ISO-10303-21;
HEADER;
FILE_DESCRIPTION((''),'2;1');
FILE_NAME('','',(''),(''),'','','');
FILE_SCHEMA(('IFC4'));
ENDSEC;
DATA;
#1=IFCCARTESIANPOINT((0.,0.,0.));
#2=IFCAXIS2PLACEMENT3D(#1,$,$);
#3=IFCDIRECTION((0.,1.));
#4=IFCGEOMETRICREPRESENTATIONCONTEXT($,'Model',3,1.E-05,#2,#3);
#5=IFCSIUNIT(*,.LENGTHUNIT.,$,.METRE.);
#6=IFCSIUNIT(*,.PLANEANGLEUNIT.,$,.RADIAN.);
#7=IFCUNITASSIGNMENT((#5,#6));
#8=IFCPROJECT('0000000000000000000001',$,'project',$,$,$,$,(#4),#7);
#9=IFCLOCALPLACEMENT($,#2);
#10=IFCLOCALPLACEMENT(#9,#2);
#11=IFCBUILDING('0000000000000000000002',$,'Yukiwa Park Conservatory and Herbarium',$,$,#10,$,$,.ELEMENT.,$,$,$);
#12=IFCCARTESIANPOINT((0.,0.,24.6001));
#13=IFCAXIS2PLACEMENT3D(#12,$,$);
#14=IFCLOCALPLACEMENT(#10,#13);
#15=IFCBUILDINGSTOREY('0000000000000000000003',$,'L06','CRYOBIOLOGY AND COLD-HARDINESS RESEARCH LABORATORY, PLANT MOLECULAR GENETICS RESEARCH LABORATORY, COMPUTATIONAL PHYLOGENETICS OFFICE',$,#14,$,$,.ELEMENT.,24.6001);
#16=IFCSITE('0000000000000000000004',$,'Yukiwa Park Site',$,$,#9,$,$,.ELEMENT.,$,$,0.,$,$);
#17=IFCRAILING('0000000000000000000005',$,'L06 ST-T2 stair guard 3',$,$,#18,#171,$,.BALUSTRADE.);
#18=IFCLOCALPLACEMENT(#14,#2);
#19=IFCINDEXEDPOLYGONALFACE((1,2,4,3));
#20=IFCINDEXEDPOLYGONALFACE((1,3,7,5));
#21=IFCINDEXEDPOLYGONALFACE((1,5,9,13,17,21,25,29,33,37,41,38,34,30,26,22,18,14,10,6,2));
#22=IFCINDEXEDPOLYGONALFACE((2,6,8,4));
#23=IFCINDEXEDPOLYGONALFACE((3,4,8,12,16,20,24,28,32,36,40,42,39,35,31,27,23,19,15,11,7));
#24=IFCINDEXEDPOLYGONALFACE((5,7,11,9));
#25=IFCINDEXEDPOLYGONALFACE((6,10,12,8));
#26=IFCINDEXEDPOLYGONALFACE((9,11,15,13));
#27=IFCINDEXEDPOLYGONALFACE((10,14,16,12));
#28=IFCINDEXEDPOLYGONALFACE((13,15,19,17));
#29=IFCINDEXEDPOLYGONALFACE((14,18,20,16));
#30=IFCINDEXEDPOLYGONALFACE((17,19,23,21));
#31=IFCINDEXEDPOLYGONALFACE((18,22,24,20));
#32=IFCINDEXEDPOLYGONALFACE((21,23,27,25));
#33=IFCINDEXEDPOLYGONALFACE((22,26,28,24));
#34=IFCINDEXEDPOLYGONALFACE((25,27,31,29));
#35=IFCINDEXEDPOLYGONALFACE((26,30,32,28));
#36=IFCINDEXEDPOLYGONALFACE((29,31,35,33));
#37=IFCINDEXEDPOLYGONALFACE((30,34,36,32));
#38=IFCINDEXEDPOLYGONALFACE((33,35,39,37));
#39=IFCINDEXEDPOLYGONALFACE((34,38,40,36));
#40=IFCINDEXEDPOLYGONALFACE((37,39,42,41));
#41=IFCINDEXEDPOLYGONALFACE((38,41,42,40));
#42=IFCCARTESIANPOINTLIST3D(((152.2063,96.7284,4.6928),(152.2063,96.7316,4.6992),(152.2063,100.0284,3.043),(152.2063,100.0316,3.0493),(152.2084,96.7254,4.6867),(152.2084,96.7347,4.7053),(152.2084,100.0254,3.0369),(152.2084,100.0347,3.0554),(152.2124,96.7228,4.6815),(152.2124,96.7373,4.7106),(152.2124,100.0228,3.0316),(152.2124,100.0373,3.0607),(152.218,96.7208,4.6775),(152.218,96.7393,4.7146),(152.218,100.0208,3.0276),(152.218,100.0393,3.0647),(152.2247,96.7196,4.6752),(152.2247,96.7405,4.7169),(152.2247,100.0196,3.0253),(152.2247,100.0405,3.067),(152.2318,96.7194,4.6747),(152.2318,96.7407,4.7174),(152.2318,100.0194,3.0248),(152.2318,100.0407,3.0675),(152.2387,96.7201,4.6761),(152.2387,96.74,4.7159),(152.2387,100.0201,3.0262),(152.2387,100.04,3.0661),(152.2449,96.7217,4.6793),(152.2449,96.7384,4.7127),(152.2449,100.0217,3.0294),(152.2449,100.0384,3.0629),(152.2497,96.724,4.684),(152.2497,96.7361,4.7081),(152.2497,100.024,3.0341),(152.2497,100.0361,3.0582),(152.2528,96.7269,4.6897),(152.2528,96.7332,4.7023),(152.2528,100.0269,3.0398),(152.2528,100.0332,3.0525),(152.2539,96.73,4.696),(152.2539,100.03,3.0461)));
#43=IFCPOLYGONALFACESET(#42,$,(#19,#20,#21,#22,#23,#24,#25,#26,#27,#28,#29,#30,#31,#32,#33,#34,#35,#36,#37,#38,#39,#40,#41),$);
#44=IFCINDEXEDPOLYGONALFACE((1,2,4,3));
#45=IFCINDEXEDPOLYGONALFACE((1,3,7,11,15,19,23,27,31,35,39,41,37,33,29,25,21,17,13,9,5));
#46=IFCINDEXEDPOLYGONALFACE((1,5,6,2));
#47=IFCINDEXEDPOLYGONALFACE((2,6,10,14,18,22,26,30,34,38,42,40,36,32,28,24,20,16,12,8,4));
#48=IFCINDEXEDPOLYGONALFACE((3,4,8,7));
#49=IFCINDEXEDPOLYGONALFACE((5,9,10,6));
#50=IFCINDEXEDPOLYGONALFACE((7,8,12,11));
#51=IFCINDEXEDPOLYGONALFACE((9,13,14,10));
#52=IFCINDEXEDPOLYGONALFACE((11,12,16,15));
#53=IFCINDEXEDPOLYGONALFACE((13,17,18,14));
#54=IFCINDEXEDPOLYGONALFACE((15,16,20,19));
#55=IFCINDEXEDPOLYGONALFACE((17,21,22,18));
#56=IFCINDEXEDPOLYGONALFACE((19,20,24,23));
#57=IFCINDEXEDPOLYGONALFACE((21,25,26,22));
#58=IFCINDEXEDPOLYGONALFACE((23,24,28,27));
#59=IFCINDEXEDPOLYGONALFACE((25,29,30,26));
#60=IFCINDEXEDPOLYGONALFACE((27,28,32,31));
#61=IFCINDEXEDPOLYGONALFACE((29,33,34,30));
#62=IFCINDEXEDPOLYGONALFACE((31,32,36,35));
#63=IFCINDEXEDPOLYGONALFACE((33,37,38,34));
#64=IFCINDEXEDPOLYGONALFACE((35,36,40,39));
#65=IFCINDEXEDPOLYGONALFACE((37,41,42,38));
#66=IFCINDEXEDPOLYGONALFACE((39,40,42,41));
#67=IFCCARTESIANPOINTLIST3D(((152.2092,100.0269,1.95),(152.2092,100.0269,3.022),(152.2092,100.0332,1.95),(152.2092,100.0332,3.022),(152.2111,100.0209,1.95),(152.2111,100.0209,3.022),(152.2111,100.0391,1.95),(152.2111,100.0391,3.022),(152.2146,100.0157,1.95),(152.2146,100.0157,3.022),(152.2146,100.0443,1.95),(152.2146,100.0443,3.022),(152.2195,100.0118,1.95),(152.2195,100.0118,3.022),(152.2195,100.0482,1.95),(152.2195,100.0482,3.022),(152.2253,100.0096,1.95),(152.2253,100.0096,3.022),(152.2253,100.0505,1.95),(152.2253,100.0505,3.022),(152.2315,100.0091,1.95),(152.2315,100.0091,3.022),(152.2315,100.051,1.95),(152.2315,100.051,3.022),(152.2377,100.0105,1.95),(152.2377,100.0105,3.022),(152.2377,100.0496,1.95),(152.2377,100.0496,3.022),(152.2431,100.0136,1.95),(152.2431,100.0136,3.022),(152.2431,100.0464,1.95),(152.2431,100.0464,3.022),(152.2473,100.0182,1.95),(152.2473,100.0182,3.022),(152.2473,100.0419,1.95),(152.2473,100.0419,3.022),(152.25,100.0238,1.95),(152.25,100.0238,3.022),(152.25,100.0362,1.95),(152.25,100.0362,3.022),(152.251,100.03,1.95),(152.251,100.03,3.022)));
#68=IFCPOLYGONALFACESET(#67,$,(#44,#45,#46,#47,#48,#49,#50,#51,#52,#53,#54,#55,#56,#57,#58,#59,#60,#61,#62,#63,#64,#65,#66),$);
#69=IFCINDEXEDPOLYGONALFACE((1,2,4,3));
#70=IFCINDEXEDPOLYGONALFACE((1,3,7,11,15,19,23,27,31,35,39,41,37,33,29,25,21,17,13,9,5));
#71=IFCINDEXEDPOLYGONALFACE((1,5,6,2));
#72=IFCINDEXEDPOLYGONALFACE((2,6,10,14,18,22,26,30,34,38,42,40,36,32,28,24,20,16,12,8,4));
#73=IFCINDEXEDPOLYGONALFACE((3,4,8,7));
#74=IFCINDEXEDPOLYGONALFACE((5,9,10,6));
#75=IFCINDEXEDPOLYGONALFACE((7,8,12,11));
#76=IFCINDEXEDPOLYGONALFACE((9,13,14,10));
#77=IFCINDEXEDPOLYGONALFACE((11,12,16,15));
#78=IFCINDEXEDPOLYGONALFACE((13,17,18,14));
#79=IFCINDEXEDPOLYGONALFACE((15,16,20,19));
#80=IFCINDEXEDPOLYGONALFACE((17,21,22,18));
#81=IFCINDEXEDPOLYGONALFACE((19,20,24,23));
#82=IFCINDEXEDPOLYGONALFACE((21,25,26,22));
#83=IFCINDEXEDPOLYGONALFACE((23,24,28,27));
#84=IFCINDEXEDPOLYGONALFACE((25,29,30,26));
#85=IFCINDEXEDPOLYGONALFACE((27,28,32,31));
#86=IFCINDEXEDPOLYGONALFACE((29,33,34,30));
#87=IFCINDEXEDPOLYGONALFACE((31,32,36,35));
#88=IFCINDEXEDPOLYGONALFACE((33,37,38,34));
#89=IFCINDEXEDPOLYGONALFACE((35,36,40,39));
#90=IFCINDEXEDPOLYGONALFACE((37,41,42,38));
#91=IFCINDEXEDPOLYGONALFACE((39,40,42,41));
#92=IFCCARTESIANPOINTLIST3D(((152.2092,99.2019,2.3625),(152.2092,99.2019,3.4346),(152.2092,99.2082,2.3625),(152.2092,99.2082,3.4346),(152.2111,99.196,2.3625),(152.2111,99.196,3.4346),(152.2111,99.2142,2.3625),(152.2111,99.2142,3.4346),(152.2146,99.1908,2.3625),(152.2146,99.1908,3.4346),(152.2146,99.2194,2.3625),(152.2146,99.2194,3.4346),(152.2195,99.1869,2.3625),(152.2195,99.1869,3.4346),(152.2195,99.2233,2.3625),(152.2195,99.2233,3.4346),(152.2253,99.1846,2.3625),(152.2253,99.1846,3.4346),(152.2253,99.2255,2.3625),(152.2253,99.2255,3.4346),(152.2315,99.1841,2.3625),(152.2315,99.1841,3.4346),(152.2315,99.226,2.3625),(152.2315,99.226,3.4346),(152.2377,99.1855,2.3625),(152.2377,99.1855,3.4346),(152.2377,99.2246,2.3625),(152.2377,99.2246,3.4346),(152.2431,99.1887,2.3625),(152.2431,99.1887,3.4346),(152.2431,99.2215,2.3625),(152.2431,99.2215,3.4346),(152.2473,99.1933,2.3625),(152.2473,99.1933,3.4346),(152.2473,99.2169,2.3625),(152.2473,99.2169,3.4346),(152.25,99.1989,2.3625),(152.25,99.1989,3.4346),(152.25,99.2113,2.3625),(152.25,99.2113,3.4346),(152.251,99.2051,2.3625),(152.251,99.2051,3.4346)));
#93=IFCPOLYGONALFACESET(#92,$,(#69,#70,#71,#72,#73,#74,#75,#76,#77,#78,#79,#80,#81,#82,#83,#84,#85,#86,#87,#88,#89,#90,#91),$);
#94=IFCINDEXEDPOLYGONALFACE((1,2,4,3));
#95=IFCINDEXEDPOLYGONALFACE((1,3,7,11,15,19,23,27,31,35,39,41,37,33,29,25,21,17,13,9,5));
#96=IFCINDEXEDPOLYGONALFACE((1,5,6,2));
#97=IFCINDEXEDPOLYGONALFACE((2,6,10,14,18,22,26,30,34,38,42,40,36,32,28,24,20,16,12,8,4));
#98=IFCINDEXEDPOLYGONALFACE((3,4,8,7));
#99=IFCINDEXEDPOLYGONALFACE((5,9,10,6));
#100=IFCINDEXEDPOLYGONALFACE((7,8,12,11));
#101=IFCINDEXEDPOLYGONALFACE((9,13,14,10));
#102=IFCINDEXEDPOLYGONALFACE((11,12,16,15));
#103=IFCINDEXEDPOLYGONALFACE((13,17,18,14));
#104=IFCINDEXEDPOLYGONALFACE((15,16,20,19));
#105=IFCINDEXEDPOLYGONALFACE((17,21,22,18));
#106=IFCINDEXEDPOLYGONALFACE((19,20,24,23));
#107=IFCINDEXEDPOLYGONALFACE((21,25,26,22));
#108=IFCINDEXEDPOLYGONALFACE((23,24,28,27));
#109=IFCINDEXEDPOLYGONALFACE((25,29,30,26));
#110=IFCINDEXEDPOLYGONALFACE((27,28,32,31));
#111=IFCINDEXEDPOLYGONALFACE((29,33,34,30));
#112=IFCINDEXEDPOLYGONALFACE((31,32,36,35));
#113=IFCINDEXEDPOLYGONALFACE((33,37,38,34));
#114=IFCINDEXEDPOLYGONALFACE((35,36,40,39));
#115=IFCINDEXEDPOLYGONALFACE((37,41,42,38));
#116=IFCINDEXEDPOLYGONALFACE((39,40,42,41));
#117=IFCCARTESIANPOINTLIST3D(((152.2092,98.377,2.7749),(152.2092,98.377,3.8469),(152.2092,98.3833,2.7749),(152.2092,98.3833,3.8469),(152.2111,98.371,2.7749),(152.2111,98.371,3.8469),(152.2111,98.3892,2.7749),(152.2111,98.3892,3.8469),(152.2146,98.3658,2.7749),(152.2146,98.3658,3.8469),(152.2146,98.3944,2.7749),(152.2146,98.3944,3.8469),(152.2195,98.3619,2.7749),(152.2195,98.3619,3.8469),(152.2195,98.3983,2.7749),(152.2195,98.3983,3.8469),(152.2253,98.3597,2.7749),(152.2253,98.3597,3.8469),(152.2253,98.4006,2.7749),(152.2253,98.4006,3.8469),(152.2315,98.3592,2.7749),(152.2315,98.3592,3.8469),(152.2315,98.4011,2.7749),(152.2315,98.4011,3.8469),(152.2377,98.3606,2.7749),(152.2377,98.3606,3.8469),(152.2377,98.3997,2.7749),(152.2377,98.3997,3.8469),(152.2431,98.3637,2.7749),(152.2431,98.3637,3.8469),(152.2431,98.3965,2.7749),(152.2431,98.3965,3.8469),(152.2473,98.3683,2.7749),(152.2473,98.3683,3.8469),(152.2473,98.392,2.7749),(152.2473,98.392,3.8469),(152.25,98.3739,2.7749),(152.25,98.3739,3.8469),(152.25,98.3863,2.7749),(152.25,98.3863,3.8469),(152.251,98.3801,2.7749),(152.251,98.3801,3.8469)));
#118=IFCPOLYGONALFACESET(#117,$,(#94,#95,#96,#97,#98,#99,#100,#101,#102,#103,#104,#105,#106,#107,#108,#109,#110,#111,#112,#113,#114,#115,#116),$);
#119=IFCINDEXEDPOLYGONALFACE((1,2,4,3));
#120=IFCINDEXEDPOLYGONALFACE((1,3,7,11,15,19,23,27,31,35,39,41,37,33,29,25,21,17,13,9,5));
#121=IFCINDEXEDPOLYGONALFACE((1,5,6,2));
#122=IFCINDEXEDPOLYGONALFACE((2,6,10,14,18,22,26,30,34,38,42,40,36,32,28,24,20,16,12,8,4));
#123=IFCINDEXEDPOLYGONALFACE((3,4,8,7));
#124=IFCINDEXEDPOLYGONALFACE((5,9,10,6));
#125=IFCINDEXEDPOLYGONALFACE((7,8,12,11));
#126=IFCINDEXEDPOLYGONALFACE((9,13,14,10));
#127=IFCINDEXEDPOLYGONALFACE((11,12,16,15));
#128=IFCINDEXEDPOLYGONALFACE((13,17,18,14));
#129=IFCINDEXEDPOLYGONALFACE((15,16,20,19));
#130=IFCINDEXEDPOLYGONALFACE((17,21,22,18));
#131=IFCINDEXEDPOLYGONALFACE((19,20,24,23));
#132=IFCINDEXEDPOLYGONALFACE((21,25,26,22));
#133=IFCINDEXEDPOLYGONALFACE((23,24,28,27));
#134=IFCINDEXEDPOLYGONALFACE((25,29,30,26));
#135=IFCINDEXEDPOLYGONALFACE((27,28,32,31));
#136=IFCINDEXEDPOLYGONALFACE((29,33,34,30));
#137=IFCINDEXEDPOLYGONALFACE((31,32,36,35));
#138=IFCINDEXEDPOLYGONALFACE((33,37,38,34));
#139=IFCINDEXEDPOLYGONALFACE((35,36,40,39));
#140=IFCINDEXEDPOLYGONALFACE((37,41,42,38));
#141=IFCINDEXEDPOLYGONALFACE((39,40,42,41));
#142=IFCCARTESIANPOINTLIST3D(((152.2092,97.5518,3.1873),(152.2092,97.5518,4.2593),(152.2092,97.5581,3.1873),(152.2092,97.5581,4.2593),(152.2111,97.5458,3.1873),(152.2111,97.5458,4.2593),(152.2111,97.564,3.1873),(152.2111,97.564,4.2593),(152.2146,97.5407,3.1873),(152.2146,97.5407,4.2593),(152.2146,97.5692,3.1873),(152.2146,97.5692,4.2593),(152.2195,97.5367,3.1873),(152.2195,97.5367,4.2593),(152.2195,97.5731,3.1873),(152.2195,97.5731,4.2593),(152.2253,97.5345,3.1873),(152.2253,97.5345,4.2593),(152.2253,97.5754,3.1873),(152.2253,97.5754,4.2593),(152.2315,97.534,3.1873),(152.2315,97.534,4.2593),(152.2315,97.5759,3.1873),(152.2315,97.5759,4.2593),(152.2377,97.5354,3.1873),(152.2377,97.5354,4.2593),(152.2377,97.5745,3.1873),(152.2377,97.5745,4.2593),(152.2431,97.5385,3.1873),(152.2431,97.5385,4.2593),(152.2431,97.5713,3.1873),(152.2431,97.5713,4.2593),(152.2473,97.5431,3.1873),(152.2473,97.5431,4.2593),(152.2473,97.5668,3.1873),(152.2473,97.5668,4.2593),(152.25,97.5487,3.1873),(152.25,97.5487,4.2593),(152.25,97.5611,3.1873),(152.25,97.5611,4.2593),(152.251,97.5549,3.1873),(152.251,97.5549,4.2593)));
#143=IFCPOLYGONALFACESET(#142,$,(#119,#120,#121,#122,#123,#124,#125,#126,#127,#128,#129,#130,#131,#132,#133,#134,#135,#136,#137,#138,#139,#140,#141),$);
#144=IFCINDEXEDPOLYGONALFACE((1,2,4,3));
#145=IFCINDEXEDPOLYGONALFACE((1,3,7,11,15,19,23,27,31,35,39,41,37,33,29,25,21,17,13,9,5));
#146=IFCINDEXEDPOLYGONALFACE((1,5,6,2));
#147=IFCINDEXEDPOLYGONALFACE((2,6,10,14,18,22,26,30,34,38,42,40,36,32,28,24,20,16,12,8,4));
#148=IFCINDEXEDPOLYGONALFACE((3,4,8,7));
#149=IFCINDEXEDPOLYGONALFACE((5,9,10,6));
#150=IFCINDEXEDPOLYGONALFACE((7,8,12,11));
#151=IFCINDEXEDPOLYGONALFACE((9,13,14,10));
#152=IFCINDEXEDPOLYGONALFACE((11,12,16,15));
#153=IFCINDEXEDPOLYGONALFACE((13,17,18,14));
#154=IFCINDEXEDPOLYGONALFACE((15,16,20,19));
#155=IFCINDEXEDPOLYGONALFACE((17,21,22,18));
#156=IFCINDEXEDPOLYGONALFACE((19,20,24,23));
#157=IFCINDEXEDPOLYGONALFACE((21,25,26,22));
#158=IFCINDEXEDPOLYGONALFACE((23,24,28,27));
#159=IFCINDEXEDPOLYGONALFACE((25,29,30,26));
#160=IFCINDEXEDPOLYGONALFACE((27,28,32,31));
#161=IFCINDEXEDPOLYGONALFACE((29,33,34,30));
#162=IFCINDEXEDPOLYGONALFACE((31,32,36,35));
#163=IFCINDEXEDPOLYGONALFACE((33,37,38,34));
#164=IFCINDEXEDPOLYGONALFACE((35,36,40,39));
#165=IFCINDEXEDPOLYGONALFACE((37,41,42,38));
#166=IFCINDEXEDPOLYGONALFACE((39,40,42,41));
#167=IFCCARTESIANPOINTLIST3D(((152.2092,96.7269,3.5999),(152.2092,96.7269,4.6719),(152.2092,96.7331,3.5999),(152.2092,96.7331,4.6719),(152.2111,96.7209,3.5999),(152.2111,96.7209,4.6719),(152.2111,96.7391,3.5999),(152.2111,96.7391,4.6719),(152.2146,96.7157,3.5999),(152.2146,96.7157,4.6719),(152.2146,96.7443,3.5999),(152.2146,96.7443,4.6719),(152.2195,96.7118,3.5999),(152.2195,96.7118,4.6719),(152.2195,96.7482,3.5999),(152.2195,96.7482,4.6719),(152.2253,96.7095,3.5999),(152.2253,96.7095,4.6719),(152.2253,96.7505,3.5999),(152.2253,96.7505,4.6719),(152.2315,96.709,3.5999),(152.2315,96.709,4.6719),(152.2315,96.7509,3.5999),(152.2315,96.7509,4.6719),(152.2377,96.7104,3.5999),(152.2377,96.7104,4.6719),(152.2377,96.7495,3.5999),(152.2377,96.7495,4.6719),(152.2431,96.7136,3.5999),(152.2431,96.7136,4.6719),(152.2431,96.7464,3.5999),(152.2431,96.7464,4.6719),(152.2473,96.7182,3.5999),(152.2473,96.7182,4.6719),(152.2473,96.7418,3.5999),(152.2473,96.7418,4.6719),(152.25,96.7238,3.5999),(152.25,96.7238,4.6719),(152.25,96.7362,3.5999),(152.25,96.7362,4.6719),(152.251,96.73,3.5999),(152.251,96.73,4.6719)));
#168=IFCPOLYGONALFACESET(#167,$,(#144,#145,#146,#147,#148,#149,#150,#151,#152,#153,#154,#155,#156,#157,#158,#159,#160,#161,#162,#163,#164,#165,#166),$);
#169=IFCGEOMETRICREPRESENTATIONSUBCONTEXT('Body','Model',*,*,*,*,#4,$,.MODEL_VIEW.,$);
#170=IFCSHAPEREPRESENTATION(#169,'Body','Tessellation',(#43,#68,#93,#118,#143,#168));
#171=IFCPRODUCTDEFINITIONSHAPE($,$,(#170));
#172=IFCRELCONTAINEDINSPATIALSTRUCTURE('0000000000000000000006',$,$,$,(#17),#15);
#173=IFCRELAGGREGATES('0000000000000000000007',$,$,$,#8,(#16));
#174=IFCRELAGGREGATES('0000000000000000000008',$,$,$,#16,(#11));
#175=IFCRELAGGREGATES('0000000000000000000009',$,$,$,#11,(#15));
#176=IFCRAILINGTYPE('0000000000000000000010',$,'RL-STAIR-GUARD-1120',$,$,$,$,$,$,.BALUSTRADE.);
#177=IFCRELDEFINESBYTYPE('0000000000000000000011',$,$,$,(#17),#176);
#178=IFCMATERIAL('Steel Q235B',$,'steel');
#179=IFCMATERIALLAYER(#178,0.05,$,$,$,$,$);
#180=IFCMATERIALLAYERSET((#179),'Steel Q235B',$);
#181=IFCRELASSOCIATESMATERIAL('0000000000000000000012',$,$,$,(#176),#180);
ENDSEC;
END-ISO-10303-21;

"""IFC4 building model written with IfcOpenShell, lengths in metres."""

from ifc_helpers import new_model, si_unit, direction, frame, origin, origin_2d, place, context, subcontext, project, spatial, circle, extrude, material, layer, layer_set, type_object, element, save


model = new_model("IFC4")

# Units and contexts
model_context = context("Model", 3, precision=1e-05, world=origin(), true_north=direction((0.0, 1.0)))
body_context = subcontext(model_context, "Body", "Model", "MODEL_VIEW")
ifc_project = project(units=[si_unit("LENGTHUNIT", "METRE"), si_unit("PLANEANGLEUNIT", "RADIAN")], contexts=[model_context])

# Site, building, storey
site_placement = place(None, origin())
site = spatial("IfcSite", under=ifc_project, at=site_placement, Name="Yukiwa Park Site", CompositionType="ELEMENT", RefElevation=0.0)
building_placement = place(site_placement, origin())
building = spatial("IfcBuilding", under=site, at=building_placement, Name="Yukiwa Park Conservatory and Herbarium", CompositionType="ELEMENT")
storey_placement = place(building_placement, frame((0.0, 0.0, 24.6001)))
storey = spatial("IfcBuildingStorey", under=building, at=storey_placement, Name="L06", Description="CRYOBIOLOGY AND COLD-HARDINESS RESEARCH LABORATORY, PLANT MOLECULAR GENETICS RESEARCH LABORATORY, COMPUTATIONAL PHYLOGENETICS OFFICE", CompositionType="ELEMENT", Elevation=24.6001)

# Railing
ifc_material_1 = material(Name="Steel Q235B", Category="steel")
ifc_layer_1 = layer(ifc_material_1, 0.05)
ifc_layer_set_1 = layer_set([ifc_layer_1], Name="Steel Q235B")
railing_type_1 = type_object("IfcRailingType", Name="RL-STAIR-GUARD-1120", PredefinedType="BALUSTRADE", material=ifc_layer_set_1)
railing_1_placement = place(storey_placement, frame((152.23, 100.03, 1.95)))
element("IfcRailing", 1, at=railing_1_placement, inside=storey, type_object=railing_type_1, Name="L06 ST-T2 stair guard 3", PredefinedType="BALUSTRADE", context=body_context, shape_type="SweptSolid", body=[
    extrude(circle(Radius=0.0239, at=origin_2d()), frame((0.0, 0.0, 1.0962), z_axis=(0.0, -0.89444, 0.447187), x_axis=(1.0, 0.0, 0.0)), (0.0, 0.0, 1.0), 3.6895),
    extrude(circle(Radius=0.021, at=origin_2d()), origin(), (0.0, 0.0, 1.0), 1.072),
    extrude(circle(Radius=0.021, at=origin_2d()), frame((0.0, -0.825, 0.4126)), (0.0, 0.0, 1.0), 1.072),
    extrude(circle(Radius=0.021, at=origin_2d()), frame((0.0, -1.6499, 0.825)), (0.0, 0.0, 1.0), 1.072),
    extrude(circle(Radius=0.021, at=origin_2d()), frame((0.0, -2.4751, 1.2373)), (0.0, 0.0, 1.0), 1.072),
    extrude(circle(Radius=0.021, at=origin_2d()), frame((0.0, -3.3, 1.6499)), (0.0, 0.0, 1.0), 1.072),
])

save(model, "model.ifc")
